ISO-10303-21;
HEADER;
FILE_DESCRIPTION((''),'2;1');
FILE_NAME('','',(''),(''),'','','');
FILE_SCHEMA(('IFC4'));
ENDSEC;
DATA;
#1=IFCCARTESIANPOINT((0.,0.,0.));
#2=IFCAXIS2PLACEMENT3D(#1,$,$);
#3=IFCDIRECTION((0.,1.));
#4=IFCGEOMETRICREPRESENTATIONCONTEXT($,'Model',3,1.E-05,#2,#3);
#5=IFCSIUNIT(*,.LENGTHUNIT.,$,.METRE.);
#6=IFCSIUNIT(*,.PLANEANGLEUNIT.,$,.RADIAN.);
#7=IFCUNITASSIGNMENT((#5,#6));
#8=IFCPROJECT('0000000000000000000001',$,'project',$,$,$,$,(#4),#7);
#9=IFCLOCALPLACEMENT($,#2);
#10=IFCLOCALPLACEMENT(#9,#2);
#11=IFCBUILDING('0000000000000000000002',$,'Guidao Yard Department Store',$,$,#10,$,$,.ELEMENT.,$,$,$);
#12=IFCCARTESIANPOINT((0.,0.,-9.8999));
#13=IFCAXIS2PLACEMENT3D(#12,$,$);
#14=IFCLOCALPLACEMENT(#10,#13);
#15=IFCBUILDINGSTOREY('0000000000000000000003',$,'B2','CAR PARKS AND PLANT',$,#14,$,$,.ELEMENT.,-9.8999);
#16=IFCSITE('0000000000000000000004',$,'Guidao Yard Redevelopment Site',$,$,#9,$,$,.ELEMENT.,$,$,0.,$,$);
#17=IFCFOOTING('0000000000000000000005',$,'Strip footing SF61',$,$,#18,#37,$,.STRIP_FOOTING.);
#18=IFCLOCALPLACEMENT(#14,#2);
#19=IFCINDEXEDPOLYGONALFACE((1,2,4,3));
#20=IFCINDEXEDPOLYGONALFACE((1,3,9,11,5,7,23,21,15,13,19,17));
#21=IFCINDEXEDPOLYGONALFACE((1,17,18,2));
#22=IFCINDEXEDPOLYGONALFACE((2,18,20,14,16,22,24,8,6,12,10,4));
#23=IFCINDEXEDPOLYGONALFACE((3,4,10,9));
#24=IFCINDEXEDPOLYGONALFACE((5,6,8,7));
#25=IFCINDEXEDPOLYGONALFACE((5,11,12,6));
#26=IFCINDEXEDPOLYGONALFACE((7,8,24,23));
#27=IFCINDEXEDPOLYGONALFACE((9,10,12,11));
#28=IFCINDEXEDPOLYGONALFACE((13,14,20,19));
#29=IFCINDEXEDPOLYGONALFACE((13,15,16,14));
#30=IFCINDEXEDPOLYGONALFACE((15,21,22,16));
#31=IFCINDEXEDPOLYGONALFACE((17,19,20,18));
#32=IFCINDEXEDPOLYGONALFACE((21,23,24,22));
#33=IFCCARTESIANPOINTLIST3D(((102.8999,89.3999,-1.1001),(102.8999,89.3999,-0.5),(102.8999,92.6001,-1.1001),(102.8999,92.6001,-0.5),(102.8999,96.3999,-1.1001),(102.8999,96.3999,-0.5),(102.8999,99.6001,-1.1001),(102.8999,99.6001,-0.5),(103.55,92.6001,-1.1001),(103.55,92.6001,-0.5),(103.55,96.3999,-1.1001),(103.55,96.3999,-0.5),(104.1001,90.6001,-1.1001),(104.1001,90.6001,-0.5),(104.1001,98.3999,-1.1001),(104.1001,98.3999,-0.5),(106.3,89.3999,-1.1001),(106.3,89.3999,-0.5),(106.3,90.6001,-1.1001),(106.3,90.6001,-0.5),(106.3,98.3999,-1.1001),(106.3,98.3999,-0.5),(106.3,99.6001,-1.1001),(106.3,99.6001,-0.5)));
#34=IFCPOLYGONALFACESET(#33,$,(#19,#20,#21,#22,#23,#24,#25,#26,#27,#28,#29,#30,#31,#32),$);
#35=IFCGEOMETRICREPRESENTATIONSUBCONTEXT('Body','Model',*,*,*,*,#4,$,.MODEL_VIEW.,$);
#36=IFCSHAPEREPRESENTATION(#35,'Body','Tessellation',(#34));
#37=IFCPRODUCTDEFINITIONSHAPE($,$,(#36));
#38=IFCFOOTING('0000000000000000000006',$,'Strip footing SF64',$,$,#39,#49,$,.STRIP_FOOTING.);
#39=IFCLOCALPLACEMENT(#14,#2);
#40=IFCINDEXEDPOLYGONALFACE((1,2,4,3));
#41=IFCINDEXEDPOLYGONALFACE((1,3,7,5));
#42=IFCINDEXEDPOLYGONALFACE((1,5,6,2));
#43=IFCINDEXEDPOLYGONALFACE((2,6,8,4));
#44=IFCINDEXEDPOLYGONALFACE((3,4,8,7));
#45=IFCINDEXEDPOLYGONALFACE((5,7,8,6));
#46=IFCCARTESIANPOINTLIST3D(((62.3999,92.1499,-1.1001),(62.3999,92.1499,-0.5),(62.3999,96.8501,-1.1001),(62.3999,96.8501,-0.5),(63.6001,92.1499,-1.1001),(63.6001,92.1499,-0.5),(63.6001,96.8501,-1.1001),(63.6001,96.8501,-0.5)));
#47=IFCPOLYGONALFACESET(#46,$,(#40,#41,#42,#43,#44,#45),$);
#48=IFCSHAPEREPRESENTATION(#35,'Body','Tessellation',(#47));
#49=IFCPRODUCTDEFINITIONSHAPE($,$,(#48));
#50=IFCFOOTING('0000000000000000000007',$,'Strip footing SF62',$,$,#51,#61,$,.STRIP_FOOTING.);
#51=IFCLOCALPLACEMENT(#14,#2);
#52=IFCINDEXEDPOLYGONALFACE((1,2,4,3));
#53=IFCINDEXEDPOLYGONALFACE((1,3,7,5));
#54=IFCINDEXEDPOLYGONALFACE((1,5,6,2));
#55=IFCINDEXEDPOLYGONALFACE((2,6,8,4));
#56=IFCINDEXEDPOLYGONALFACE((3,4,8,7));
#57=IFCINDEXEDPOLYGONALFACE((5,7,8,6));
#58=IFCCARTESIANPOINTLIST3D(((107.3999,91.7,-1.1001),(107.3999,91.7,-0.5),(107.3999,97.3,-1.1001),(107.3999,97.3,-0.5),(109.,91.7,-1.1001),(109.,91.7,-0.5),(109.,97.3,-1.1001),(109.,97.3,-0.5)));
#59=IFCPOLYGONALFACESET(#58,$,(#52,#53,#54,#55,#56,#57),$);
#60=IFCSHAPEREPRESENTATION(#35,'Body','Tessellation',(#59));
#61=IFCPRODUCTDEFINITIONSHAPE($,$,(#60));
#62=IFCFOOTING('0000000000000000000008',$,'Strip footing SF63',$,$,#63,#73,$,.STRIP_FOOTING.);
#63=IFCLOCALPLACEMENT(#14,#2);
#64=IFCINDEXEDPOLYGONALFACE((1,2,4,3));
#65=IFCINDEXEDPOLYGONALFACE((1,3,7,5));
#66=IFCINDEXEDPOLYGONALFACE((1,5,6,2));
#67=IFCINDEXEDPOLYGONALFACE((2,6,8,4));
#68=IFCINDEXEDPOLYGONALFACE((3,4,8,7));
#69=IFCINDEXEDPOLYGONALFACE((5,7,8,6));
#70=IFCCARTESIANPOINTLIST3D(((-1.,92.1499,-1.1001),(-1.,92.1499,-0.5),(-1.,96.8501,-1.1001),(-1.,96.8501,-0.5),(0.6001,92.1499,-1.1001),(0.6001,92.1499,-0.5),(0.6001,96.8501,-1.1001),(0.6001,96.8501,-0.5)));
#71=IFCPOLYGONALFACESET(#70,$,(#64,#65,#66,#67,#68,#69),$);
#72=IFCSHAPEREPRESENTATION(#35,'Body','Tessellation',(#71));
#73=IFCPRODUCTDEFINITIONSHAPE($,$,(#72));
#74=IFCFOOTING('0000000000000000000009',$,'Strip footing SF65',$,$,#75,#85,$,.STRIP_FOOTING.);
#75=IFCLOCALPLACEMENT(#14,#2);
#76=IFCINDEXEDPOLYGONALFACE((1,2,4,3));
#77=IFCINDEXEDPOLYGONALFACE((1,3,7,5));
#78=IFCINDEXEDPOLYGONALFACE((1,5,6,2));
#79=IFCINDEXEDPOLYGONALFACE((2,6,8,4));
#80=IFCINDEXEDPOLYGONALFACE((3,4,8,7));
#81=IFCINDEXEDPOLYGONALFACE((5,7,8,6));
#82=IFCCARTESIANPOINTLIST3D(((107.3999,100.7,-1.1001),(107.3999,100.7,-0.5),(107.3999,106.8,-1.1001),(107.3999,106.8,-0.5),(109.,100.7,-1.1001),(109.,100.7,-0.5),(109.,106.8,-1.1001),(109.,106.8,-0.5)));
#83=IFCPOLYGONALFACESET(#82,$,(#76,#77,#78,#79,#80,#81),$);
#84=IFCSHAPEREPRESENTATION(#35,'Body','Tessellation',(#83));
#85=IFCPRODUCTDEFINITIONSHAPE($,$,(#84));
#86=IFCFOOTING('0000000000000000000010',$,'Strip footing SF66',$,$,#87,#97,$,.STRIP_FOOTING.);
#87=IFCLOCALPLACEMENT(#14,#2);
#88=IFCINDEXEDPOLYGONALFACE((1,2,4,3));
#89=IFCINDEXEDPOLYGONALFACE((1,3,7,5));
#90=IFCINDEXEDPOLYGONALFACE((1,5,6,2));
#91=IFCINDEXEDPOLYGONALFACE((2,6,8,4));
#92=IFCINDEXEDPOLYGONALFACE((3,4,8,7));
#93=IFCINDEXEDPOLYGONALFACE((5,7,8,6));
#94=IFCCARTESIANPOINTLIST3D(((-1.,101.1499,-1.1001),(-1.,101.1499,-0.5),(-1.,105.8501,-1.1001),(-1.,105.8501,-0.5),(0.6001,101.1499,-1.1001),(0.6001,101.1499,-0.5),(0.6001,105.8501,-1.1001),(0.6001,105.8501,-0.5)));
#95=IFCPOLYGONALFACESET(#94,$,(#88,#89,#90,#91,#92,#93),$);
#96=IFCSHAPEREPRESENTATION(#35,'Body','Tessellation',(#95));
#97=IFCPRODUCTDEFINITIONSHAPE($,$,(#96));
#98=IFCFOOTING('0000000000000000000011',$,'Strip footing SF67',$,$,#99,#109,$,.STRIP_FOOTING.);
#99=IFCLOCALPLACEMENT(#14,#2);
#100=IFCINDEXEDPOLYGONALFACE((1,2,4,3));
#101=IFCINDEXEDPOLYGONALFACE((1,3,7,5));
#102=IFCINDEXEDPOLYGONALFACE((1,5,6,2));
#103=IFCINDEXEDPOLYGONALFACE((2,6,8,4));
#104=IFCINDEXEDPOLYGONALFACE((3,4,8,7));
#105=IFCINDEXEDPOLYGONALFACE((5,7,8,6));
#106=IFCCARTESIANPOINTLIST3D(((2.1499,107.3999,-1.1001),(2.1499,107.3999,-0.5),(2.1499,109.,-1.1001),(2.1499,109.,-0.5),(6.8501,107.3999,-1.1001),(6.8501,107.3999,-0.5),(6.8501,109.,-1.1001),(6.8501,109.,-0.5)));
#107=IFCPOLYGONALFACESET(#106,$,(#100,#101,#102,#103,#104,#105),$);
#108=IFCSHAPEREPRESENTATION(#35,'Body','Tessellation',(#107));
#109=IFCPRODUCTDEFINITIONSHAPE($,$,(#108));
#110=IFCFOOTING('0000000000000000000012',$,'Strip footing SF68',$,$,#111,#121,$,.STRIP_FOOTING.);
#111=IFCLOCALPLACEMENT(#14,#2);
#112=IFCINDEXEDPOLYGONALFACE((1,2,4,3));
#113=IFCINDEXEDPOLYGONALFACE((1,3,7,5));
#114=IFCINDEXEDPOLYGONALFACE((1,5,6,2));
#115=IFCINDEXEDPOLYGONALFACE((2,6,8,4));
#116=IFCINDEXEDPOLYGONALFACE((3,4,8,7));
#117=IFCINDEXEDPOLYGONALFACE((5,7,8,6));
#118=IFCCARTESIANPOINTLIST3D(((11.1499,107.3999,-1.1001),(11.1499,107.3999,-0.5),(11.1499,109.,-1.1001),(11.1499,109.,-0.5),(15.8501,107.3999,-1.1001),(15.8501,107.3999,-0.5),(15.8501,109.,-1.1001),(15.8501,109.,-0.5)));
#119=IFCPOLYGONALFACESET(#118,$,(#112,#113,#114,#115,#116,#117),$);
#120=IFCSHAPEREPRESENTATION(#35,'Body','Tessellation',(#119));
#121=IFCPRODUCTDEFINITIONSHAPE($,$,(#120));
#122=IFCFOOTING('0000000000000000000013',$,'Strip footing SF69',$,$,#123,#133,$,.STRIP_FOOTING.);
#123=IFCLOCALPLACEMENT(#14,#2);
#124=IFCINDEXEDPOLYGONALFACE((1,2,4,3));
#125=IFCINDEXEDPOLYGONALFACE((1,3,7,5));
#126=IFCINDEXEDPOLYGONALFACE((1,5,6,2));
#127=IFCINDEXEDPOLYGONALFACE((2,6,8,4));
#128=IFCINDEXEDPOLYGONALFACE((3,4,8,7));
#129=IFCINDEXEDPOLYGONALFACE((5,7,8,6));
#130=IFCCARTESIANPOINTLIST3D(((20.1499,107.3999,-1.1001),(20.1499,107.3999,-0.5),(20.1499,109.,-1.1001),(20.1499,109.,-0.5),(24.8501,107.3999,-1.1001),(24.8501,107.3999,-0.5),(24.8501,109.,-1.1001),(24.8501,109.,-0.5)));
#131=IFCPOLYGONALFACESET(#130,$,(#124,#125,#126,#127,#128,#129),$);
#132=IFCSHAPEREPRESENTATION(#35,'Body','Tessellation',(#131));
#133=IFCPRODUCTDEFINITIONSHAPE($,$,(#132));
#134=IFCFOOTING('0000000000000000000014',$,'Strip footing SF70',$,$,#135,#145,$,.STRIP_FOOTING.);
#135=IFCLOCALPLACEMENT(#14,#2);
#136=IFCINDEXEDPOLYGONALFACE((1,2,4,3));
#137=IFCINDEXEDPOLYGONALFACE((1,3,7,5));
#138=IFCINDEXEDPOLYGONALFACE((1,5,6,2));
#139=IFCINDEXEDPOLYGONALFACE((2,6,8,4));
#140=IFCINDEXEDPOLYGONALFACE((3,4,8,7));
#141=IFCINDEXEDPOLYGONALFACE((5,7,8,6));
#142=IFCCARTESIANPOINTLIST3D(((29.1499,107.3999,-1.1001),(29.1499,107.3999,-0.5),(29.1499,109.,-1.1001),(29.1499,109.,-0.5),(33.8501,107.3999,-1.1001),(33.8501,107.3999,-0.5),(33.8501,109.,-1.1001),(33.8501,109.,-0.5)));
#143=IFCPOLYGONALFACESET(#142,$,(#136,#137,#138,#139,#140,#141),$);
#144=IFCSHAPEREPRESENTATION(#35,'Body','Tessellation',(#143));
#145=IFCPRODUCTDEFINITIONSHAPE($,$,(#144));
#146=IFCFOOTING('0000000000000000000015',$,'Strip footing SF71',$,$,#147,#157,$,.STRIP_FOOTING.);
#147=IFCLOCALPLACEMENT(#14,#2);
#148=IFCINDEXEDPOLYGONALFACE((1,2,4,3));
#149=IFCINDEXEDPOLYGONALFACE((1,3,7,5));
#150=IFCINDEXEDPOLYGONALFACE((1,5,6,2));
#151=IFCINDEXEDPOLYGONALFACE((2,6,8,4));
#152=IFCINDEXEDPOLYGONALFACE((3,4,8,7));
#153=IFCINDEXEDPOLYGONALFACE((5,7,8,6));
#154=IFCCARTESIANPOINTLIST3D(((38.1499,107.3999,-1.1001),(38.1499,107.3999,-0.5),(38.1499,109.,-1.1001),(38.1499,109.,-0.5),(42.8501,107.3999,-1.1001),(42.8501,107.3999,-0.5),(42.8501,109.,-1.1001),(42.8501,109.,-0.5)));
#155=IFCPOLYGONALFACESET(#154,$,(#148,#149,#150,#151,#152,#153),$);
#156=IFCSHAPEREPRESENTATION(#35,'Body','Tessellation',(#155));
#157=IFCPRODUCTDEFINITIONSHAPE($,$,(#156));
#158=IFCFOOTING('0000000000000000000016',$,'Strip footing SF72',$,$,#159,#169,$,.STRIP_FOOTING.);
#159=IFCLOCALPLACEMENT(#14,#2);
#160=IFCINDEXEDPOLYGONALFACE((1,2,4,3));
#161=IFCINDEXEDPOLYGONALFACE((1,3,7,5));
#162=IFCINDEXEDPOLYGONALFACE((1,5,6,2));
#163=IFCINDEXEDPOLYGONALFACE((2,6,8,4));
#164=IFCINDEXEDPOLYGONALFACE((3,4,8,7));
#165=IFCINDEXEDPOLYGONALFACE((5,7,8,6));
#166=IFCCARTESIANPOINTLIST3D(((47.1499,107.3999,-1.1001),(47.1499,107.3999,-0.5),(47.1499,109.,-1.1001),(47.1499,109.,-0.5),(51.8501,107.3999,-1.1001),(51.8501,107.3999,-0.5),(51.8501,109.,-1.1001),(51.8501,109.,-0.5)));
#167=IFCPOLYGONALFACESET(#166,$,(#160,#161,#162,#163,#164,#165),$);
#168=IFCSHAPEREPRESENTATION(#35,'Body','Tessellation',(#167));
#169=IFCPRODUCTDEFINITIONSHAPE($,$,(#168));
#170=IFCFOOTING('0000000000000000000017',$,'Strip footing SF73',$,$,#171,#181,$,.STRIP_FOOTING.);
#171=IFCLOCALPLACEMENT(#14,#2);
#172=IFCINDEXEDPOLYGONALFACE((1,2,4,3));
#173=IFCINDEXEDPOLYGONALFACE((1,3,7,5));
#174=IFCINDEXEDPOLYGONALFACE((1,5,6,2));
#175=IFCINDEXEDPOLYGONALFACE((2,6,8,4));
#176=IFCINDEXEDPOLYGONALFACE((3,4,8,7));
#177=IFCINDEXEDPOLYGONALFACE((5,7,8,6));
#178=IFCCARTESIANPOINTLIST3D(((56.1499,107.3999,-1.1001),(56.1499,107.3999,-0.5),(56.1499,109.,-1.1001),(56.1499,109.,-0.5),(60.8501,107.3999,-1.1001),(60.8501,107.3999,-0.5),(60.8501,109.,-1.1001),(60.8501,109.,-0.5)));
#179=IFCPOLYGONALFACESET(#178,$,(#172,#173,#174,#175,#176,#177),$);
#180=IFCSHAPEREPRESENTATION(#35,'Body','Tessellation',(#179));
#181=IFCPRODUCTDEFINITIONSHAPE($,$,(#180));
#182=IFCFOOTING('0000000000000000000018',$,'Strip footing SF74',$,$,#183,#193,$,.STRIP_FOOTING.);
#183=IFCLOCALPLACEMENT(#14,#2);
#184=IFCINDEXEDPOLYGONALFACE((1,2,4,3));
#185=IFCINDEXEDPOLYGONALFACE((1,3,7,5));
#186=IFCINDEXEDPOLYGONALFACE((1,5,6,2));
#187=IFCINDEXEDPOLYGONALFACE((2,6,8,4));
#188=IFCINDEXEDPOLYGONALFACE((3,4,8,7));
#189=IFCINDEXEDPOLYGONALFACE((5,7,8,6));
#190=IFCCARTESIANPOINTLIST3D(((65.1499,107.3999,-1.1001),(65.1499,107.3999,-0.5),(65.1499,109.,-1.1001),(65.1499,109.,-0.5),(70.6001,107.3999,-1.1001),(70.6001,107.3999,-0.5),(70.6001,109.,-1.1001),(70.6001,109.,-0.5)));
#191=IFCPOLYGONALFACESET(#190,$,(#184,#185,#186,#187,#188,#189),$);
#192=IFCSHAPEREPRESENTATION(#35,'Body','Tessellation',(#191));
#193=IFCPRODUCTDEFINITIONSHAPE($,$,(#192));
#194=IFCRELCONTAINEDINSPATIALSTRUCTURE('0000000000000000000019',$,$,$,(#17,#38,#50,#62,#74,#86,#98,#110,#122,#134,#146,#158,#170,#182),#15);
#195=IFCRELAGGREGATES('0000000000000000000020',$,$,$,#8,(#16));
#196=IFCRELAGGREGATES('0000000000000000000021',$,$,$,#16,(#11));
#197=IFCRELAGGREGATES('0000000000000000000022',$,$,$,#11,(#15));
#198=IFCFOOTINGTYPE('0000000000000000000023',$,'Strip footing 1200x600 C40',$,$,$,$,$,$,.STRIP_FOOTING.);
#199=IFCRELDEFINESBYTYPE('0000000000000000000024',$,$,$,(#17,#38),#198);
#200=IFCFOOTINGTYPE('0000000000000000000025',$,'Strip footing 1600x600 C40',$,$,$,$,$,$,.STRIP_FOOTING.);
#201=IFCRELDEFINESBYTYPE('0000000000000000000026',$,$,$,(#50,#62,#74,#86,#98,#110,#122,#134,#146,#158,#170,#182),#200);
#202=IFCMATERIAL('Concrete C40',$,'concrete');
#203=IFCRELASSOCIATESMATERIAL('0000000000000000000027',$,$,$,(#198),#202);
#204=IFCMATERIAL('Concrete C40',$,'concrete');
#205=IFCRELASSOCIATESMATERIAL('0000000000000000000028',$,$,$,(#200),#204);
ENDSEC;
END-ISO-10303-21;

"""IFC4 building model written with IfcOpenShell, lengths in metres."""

from ifc_helpers import new_model, si_unit, direction, frame, origin, place, context, subcontext, project, spatial, polyline, outline, extrude, material, type_object, element, save


model = new_model("IFC4")

# Units and contexts
model_context = context("Model", 3, precision=1e-05, world=origin(), true_north=direction((0.0, 1.0)))
body_context = subcontext(model_context, "Body", "Model", "MODEL_VIEW")
ifc_project = project(units=[si_unit("LENGTHUNIT", "METRE"), si_unit("PLANEANGLEUNIT", "RADIAN")], contexts=[model_context])

# Site, building, storey
site_placement = place(None, origin())
site = spatial("IfcSite", under=ifc_project, at=site_placement, Name="Guidao Yard Redevelopment Site", CompositionType="ELEMENT", RefElevation=0.0)
building_placement = place(site_placement, origin())
building = spatial("IfcBuilding", under=site, at=building_placement, Name="Guidao Yard Department Store", CompositionType="ELEMENT")
storey_placement = place(building_placement, frame((0.0, 0.0, -9.8999)))
storey = spatial("IfcBuildingStorey", under=building, at=storey_placement, Name="B2", Description="CAR PARKS AND PLANT", CompositionType="ELEMENT", Elevation=-9.8999)

# Footings
ifc_material_1 = material(Name="Concrete C40", Category="concrete")
footing_type_1 = type_object("IfcFootingType", Name="Strip footing 1200x600 C40", PredefinedType="STRIP_FOOTING", material=ifc_material_1)
footing_1_placement = place(storey_placement, frame((0.0, 0.0, -1.1001)))
element("IfcFooting", 1, at=footing_1_placement, inside=storey, type_object=footing_type_1, Name="Strip footing SF61", PredefinedType="STRIP_FOOTING", context=body_context, shape_type="SweptSolid", body=[
    extrude(outline(polyline([(103.55, 92.6001), (102.8999, 92.6001), (102.8999, 89.3999), (106.3, 89.3999), (106.3, 90.6001), (104.1001, 90.6001), (104.1001, 98.3999), (106.3, 98.3999), (106.3, 99.6001), (102.8999, 99.6001), (102.8999, 96.3999), (103.55, 96.3999), (103.55, 92.6001)])), origin(), (0.0, 0.0, 1.0), 0.6001),
])
footing_2_placement = place(storey_placement, frame((0.0, 0.0, -1.1001)))
element("IfcFooting", 2, at=footing_2_placement, inside=storey, type_object=footing_type_1, Name="Strip footing SF64", PredefinedType="STRIP_FOOTING", context=body_context, shape_type="SweptSolid", body=[
    extrude(outline(polyline([(62.3999, 96.8501), (62.3999, 92.1499), (63.6001, 92.1499), (63.6001, 96.8501), (62.3999, 96.8501)])), origin(), (0.0, 0.0, 1.0), 0.6001),
])
ifc_material_2 = material(Name="Concrete C40", Category="concrete")
footing_type_2 = type_object("IfcFootingType", Name="Strip footing 1600x600 C40", PredefinedType="STRIP_FOOTING", material=ifc_material_2)
footing_3_placement = place(storey_placement, frame((0.0, 0.0, -1.1001)))
element("IfcFooting", 3, at=footing_3_placement, inside=storey, type_object=footing_type_2, Name="Strip footing SF62", PredefinedType="STRIP_FOOTING", context=body_context, shape_type="SweptSolid", body=[
    extrude(outline(polyline([(109.0, 91.7), (109.0, 97.3), (107.3999, 97.3), (107.3999, 91.7), (109.0, 91.7)])), origin(), (0.0, 0.0, 1.0), 0.6001),
])
footing_4_placement = place(storey_placement, frame((0.0, 0.0, -1.1001)))
element("IfcFooting", 4, at=footing_4_placement, inside=storey, type_object=footing_type_2, Name="Strip footing SF63", PredefinedType="STRIP_FOOTING", context=body_context, shape_type="SweptSolid", body=[
    extrude(outline(polyline([(0.6001, 92.1499), (0.6001, 96.8501), (-1.0, 96.8501), (-1.0, 92.1499), (0.6001, 92.1499)])), origin(), (0.0, 0.0, 1.0), 0.6001),
])
footing_5_placement = place(storey_placement, frame((0.0, 0.0, -1.1001)))
element("IfcFooting", 5, at=footing_5_placement, inside=storey, type_object=footing_type_2, Name="Strip footing SF65", PredefinedType="STRIP_FOOTING", context=body_context, shape_type="SweptSolid", body=[
    extrude(outline(polyline([(109.0, 100.7), (109.0, 106.8), (107.3999, 106.8), (107.3999, 100.7), (109.0, 100.7)])), origin(), (0.0, 0.0, 1.0), 0.6001),
])
footing_6_placement = place(storey_placement, frame((0.0, 0.0, -1.1001)))
element("IfcFooting", 6, at=footing_6_placement, inside=storey, type_object=footing_type_2, Name="Strip footing SF66", PredefinedType="STRIP_FOOTING", context=body_context, shape_type="SweptSolid", body=[
    extrude(outline(polyline([(0.6001, 101.1499), (0.6001, 105.8501), (-1.0, 105.8501), (-1.0, 101.1499), (0.6001, 101.1499)])), origin(), (0.0, 0.0, 1.0), 0.6001),
])
footing_7_placement = place(storey_placement, frame((0.0, 0.0, -1.1001)))
element("IfcFooting", 7, at=footing_7_placement, inside=storey, type_object=footing_type_2, Name="Strip footing SF67", PredefinedType="STRIP_FOOTING", context=body_context, shape_type="SweptSolid", body=[
    extrude(outline(polyline([(2.1499, 107.3999), (6.8501, 107.3999), (6.8501, 109.0), (2.1499, 109.0), (2.1499, 107.3999)])), origin(), (0.0, 0.0, 1.0), 0.6001),
])
footing_8_placement = place(storey_placement, frame((0.0, 0.0, -1.1001)))
element("IfcFooting", 8, at=footing_8_placement, inside=storey, type_object=footing_type_2, Name="Strip footing SF68", PredefinedType="STRIP_FOOTING", context=body_context, shape_type="SweptSolid", body=[
    extrude(outline(polyline([(15.8501, 109.0), (11.1499, 109.0), (11.1499, 107.3999), (15.8501, 107.3999), (15.8501, 109.0)])), origin(), (0.0, 0.0, 1.0), 0.6001),
])
footing_9_placement = place(storey_placement, frame((0.0, 0.0, -1.1001)))
element("IfcFooting", 9, at=footing_9_placement, inside=storey, type_object=footing_type_2, Name="Strip footing SF69", PredefinedType="STRIP_FOOTING", context=body_context, shape_type="SweptSolid", body=[
    extrude(outline(polyline([(20.1499, 107.3999), (24.8501, 107.3999), (24.8501, 109.0), (20.1499, 109.0), (20.1499, 107.3999)])), origin(), (0.0, 0.0, 1.0), 0.6001),
])
footing_10_placement = place(storey_placement, frame((0.0, 0.0, -1.1001)))
element("IfcFooting", 10, at=footing_10_placement, inside=storey, type_object=footing_type_2, Name="Strip footing SF70", PredefinedType="STRIP_FOOTING", context=body_context, shape_type="SweptSolid", body=[
    extrude(outline(polyline([(29.1499, 107.3999), (33.8501, 107.3999), (33.8501, 109.0), (29.1499, 109.0), (29.1499, 107.3999)])), origin(), (0.0, 0.0, 1.0), 0.6001),
])
footing_11_placement = place(storey_placement, frame((0.0, 0.0, -1.1001)))
element("IfcFooting", 11, at=footing_11_placement, inside=storey, type_object=footing_type_2, Name="Strip footing SF71", PredefinedType="STRIP_FOOTING", context=body_context, shape_type="SweptSolid", body=[
    extrude(outline(polyline([(38.1499, 107.3999), (42.8501, 107.3999), (42.8501, 109.0), (38.1499, 109.0), (38.1499, 107.3999)])), origin(), (0.0, 0.0, 1.0), 0.6001),
])
footing_12_placement = place(storey_placement, frame((0.0, 0.0, -1.1001)))
element("IfcFooting", 12, at=footing_12_placement, inside=storey, type_object=footing_type_2, Name="Strip footing SF72", PredefinedType="STRIP_FOOTING", context=body_context, shape_type="SweptSolid", body=[
    extrude(outline(polyline([(47.1499, 107.3999), (51.8501, 107.3999), (51.8501, 109.0), (47.1499, 109.0), (47.1499, 107.3999)])), origin(), (0.0, 0.0, 1.0), 0.6001),
])
footing_13_placement = place(storey_placement, frame((0.0, 0.0, -1.1001)))
element("IfcFooting", 13, at=footing_13_placement, inside=storey, type_object=footing_type_2, Name="Strip footing SF73", PredefinedType="STRIP_FOOTING", context=body_context, shape_type="SweptSolid", body=[
    extrude(outline(polyline([(56.1499, 107.3999), (60.8501, 107.3999), (60.8501, 109.0), (56.1499, 109.0), (56.1499, 107.3999)])), origin(), (0.0, 0.0, 1.0), 0.6001),
])
footing_14_placement = place(storey_placement, frame((0.0, 0.0, -1.1001)))
element("IfcFooting", 14, at=footing_14_placement, inside=storey, type_object=footing_type_2, Name="Strip footing SF74", PredefinedType="STRIP_FOOTING", context=body_context, shape_type="SweptSolid", body=[
    extrude(outline(polyline([(65.1499, 107.3999), (70.6001, 107.3999), (70.6001, 109.0), (65.1499, 109.0), (65.1499, 107.3999)])), origin(), (0.0, 0.0, 1.0), 0.6001),
])

save(model, "model.ifc")
